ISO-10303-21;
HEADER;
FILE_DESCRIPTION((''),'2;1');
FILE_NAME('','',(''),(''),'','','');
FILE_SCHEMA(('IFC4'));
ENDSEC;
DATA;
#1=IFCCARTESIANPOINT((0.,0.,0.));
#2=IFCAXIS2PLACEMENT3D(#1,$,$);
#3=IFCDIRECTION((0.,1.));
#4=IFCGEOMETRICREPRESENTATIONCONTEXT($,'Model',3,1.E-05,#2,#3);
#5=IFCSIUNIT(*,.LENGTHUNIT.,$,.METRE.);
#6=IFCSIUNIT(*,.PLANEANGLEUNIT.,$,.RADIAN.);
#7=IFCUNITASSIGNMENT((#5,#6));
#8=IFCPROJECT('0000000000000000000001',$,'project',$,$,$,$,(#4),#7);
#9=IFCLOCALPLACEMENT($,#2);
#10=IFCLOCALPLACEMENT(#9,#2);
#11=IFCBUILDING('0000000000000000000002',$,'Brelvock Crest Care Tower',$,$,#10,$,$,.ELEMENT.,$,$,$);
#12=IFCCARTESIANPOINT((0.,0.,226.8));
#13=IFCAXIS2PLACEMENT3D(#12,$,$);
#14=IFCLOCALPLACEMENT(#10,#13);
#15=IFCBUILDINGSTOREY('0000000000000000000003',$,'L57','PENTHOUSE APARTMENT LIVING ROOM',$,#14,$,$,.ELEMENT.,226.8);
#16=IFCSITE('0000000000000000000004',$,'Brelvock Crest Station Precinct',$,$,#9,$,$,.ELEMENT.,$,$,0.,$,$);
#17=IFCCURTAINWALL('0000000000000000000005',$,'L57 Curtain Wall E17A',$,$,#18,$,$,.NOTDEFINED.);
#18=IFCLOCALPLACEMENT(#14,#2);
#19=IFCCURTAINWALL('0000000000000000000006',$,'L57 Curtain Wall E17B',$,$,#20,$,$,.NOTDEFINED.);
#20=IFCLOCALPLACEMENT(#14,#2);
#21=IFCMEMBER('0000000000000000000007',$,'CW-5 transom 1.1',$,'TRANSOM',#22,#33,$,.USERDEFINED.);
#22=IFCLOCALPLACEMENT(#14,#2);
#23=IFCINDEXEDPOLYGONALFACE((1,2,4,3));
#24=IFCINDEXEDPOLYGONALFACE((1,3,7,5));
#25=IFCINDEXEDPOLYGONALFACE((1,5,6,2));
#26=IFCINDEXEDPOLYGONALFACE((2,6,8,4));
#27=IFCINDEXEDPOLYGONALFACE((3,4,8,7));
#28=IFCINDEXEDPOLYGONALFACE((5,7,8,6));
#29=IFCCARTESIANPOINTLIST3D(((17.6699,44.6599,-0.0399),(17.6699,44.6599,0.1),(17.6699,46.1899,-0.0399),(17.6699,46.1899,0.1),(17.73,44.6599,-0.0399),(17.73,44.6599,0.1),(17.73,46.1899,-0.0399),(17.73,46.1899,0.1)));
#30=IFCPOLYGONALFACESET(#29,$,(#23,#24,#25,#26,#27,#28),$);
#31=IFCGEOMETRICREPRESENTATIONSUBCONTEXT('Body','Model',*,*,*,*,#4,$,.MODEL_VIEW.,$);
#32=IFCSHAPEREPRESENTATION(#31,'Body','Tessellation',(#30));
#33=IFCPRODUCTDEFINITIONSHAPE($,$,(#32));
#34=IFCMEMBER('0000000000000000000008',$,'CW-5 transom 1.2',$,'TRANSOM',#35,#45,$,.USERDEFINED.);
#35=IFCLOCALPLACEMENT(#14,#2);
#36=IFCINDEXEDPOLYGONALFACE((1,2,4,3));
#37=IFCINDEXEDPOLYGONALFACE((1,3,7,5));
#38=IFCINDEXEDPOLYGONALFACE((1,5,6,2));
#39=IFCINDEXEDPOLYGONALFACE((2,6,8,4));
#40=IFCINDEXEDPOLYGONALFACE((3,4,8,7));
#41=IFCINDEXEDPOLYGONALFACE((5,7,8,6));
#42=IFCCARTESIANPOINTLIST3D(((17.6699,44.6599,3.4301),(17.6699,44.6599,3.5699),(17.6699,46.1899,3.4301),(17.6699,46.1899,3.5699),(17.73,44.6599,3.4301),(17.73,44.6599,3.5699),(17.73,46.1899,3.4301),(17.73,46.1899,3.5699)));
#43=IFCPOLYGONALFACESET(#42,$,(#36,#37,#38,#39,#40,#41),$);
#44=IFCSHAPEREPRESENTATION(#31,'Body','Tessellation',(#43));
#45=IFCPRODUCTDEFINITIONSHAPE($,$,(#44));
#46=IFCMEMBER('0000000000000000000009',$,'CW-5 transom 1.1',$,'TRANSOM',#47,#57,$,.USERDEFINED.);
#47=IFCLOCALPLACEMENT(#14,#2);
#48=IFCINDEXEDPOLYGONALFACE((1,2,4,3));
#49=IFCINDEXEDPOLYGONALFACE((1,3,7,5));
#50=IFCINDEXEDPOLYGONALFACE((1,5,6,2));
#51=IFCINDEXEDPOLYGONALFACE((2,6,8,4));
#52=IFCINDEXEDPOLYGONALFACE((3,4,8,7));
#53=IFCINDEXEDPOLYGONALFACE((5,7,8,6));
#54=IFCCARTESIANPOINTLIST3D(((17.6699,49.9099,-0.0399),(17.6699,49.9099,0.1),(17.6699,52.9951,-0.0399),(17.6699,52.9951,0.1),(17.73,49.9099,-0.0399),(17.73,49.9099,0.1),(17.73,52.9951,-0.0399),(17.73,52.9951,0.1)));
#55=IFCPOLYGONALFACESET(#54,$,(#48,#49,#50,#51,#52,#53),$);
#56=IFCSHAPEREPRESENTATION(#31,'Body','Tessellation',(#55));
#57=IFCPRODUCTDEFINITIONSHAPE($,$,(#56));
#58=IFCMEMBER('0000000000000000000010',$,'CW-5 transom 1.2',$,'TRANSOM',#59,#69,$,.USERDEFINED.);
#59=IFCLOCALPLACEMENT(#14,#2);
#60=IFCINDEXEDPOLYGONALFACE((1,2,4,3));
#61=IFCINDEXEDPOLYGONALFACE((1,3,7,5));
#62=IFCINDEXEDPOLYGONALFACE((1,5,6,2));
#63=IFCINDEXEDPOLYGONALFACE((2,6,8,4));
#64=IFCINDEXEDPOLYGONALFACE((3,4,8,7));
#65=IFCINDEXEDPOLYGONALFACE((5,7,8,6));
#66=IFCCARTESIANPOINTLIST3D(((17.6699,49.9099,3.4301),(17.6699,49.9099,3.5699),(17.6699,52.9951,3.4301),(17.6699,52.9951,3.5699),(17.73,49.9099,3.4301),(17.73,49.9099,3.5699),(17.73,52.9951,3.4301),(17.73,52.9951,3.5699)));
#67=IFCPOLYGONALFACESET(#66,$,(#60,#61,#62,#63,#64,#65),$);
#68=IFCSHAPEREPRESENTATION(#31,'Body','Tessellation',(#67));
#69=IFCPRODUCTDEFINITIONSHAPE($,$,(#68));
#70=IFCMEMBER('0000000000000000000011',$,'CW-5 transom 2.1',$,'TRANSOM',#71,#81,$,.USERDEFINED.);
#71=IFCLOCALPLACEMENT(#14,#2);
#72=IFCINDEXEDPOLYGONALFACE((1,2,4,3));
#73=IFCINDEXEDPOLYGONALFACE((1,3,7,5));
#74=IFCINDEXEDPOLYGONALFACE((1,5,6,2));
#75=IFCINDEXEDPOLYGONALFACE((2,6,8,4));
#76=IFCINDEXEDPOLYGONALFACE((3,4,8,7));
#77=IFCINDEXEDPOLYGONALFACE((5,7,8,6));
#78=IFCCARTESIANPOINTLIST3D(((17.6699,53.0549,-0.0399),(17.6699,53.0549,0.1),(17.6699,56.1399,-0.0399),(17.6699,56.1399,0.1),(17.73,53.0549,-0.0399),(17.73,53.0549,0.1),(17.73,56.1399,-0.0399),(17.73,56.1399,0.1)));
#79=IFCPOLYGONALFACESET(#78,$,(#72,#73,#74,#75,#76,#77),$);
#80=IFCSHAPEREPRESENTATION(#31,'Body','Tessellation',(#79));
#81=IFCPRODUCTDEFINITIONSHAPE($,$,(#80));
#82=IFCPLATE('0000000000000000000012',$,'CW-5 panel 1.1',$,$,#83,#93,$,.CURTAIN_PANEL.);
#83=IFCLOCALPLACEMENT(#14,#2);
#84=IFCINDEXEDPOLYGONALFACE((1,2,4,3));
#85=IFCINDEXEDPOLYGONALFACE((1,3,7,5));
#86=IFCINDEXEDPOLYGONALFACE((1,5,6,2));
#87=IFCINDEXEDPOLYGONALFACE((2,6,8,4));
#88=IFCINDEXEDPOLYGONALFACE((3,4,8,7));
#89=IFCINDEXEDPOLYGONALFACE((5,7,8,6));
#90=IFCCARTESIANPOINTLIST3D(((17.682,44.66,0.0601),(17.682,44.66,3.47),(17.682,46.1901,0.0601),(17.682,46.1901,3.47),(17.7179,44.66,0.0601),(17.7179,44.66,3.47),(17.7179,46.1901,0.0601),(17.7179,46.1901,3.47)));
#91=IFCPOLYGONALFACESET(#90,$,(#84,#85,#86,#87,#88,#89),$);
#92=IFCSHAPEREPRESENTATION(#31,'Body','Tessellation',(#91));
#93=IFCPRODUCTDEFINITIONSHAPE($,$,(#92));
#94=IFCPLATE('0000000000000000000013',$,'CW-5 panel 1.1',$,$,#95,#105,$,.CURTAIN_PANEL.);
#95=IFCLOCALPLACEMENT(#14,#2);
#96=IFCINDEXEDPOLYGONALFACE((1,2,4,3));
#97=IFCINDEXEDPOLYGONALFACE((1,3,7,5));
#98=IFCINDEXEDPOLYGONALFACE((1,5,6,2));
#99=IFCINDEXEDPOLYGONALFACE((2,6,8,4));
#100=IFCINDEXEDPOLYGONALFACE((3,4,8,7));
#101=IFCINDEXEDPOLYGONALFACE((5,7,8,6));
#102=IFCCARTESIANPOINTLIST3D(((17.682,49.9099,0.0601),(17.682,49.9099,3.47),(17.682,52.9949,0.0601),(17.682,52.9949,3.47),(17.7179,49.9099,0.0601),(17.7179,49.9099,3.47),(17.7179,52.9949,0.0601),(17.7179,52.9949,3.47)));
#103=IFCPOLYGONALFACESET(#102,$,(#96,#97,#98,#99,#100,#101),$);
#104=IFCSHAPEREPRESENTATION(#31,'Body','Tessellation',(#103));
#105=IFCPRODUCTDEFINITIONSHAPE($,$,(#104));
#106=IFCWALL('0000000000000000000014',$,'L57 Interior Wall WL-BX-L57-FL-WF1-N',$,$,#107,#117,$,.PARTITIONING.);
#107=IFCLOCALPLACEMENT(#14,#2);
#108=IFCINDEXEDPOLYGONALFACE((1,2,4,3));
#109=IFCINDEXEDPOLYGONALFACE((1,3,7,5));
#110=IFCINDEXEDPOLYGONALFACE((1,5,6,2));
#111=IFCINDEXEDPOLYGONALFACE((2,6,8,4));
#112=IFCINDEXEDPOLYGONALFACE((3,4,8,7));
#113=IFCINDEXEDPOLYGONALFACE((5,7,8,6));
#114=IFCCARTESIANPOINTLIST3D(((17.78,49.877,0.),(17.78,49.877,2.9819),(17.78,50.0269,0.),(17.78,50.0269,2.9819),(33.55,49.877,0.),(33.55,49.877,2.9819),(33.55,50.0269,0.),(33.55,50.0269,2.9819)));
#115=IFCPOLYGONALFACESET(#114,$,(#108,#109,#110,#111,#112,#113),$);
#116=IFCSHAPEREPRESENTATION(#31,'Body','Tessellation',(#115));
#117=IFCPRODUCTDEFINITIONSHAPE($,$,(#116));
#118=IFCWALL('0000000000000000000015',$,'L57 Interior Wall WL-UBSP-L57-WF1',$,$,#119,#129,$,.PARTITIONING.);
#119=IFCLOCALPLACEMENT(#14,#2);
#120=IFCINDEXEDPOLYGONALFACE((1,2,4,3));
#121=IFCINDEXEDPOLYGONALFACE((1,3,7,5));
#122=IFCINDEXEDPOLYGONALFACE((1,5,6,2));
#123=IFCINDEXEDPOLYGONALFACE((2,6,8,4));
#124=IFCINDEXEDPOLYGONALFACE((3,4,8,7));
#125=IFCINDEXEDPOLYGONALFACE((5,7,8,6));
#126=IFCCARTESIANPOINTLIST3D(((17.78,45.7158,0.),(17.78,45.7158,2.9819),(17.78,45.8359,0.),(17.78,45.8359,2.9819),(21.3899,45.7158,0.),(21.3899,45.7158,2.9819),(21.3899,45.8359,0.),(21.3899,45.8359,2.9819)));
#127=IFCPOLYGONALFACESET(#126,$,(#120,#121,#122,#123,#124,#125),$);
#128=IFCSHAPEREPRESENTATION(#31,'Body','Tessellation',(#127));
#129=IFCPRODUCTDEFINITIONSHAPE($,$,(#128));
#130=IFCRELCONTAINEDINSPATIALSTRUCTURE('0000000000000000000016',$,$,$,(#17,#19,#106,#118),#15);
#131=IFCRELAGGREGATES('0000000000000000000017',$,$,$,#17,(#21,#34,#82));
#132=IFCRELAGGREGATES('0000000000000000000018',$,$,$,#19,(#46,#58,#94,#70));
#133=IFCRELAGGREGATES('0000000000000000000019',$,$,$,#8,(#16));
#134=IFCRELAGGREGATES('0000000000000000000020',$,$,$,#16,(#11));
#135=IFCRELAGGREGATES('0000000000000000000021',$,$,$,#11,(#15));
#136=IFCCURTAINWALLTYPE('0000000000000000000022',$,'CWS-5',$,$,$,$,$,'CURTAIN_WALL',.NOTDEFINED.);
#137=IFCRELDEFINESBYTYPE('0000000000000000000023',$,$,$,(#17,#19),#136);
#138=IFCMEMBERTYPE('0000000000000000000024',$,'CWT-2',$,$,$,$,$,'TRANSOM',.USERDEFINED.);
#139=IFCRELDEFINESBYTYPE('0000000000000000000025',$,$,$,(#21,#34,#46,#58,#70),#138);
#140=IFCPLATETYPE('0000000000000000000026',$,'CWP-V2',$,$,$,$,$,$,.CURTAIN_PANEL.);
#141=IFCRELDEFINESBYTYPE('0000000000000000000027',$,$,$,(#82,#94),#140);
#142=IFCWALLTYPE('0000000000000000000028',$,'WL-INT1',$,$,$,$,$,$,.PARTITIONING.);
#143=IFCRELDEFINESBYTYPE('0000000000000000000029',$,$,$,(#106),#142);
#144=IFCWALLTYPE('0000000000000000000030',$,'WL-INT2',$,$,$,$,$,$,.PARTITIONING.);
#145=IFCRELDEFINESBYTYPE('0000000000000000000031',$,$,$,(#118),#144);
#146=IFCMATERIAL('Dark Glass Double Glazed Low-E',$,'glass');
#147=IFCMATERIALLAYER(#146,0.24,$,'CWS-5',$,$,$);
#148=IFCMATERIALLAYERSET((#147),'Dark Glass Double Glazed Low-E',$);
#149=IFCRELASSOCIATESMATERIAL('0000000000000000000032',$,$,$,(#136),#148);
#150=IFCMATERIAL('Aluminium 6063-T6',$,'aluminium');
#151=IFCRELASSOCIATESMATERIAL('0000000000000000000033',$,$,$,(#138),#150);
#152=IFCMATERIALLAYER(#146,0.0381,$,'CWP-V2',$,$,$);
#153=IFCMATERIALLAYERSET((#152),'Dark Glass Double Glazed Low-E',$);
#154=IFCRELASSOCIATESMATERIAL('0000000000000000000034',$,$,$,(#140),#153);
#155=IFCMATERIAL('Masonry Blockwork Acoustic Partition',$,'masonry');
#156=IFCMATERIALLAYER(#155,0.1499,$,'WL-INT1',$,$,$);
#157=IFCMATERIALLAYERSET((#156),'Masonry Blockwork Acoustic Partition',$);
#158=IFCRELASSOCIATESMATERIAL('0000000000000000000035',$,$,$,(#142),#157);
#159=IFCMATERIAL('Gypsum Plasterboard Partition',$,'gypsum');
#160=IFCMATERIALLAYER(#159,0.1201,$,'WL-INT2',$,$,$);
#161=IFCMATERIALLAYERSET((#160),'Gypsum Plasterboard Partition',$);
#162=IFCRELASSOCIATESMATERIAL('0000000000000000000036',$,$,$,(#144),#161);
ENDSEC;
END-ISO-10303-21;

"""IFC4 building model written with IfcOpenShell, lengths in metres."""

from ifc_helpers import new_model, si_unit, direction, frame, frame_2d, origin, origin_2d, place, context, subcontext, project, spatial, rectangle, extrude, source, transform, mapped, material, layer, layer_set, material_profile, profile_set, type_object, element, aggregate, save


model = new_model("IFC4")

# Units and contexts
model_context = context("Model", 3, precision=1e-05, world=origin(), true_north=direction((0.0, 1.0)))
body_context = subcontext(model_context, "Body", "Model", "MODEL_VIEW")
ifc_project = project(units=[si_unit("LENGTHUNIT", "METRE"), si_unit("PLANEANGLEUNIT", "RADIAN")], contexts=[model_context])

# Site, building, storey
site_placement = place(None, origin())
site = spatial("IfcSite", under=ifc_project, at=site_placement, Name="Brelvock Crest Station Precinct", CompositionType="ELEMENT", RefElevation=0.0)
building_placement = place(site_placement, origin())
building = spatial("IfcBuilding", under=site, at=building_placement, Name="Brelvock Crest Care Tower", CompositionType="ELEMENT")
storey_placement = place(building_placement, frame((0.0, 0.0, 226.8)))
storey = spatial("IfcBuildingStorey", under=building, at=storey_placement, Name="L57", Description="PENTHOUSE APARTMENT LIVING ROOM", CompositionType="ELEMENT", Elevation=226.8)

# Curtain walls
ifc_material_1 = material(Name="Dark Glass Double Glazed Low-E", Category="glass")
ifc_layer_1 = layer(ifc_material_1, 0.24, Name="CWS-5")
ifc_layer_set_1 = layer_set([ifc_layer_1], Name="Dark Glass Double Glazed Low-E")
curtain_wall_type = type_object("IfcCurtainWallType", Name="CWS-5", ElementType="CURTAIN_WALL", PredefinedType="NOTDEFINED", material=ifc_layer_set_1)
curtain_wall_1_placement = place(storey_placement, origin())
curtain_wall_1 = element("IfcCurtainWall", 1, at=curtain_wall_1_placement, inside=storey, type_object=curtain_wall_type, Name="L57 Curtain Wall E17A", PredefinedType="NOTDEFINED")
ifc_material_2 = material(Name="Aluminium 6063-T6", Category="aluminium")
curtain_wall_2_placement = place(storey_placement, origin())
curtain_wall_2 = element("IfcCurtainWall", 2, at=curtain_wall_2_placement, inside=storey, type_object=curtain_wall_type, Name="L57 Curtain Wall E17B", PredefinedType="NOTDEFINED")

# Members
ifc_material_profile_1 = material_profile(ifc_material_2, rectangle(XDim=0.0601, YDim=0.1399, at=origin_2d()), Name="ALU60x140")
ifc_profile_set_1 = profile_set([ifc_material_profile_1], Name="Aluminium 6063-T6")
member_type_1 = type_object("IfcMemberType", Name="CWT-2", ElementType="TRANSOM", PredefinedType="USERDEFINED", material=ifc_profile_set_1)
shared_shape_1 = source(origin(), body_context, "Body", "SweptSolid", [
    extrude(rectangle(XDim=0.0601, YDim=0.1399, at=origin_2d()), origin(), (0.0, 0.0, 1.0), 1.53),
])
member_1_placement = place(storey_placement, frame((17.7, 44.6599, 0.03), z_axis=(0.0, 1.0, 0.0), x_axis=(-1.0, 0.0, 0.0)))
member_1 = element("IfcMember", 3, at=member_1_placement, type_object=member_type_1, Name="CW-5 transom 1.1", ObjectType="TRANSOM", PredefinedType="USERDEFINED", context=body_context, shape_type="MappedRepresentation", body=[
    mapped(shared_shape_1, transform((0.0, 0.0, 0.0), x_axis=(1.0, 0.0, 0.0), y_axis=(0.0, 1.0, 0.0), z_axis=(0.0, 0.0, 1.0), scale=1.0)),
])
member_2_placement = place(storey_placement, frame((17.7, 44.6599, 3.5), z_axis=(0.0, 1.0, 0.0), x_axis=(-1.0, 0.0, 0.0)))
member_2 = element("IfcMember", 4, at=member_2_placement, type_object=member_type_1, Name="CW-5 transom 1.2", ObjectType="TRANSOM", PredefinedType="USERDEFINED", context=body_context, shape_type="MappedRepresentation", body=[
    mapped(shared_shape_1, transform((0.0, 0.0, 0.0), x_axis=(1.0, 0.0, 0.0), y_axis=(0.0, 1.0, 0.0), z_axis=(0.0, 0.0, 1.0), scale=1.0)),
])
shared_shape_2 = source(origin(), body_context, "Body", "SweptSolid", [
    extrude(rectangle(XDim=0.0601, YDim=0.1399, at=origin_2d()), origin(), (0.0, 0.0, 1.0), 3.0852),
])
member_3_placement = place(storey_placement, frame((17.7, 49.9099, 0.03), z_axis=(0.0, 1.0, 0.0), x_axis=(-1.0, 0.0, 0.0)))
member_3 = element("IfcMember", 5, at=member_3_placement, type_object=member_type_1, Name="CW-5 transom 1.1", ObjectType="TRANSOM", PredefinedType="USERDEFINED", context=body_context, shape_type="MappedRepresentation", body=[
    mapped(shared_shape_2, transform((0.0, 0.0, 0.0), x_axis=(1.0, 0.0, 0.0), y_axis=(0.0, 1.0, 0.0), z_axis=(0.0, 0.0, 1.0), scale=1.0)),
])
member_4_placement = place(storey_placement, frame((17.7, 49.9099, 3.5), z_axis=(0.0, 1.0, 0.0), x_axis=(-1.0, 0.0, 0.0)))
member_4 = element("IfcMember", 6, at=member_4_placement, type_object=member_type_1, Name="CW-5 transom 1.2", ObjectType="TRANSOM", PredefinedType="USERDEFINED", context=body_context, shape_type="MappedRepresentation", body=[
    mapped(shared_shape_2, transform((0.0, 0.0, 0.0), x_axis=(1.0, 0.0, 0.0), y_axis=(0.0, 1.0, 0.0), z_axis=(0.0, 0.0, 1.0), scale=1.0)),
])
shared_shape_3 = source(origin(), body_context, "Body", "SweptSolid", [
    extrude(rectangle(XDim=0.0601, YDim=0.1399, at=origin_2d()), origin(), (0.0, 0.0, 1.0), 3.085),
])
member_5_placement = place(storey_placement, frame((17.7, 53.0549, 0.03), z_axis=(0.0, 1.0, 0.0), x_axis=(-1.0, 0.0, 0.0)))
member_5 = element("IfcMember", 7, at=member_5_placement, type_object=member_type_1, Name="CW-5 transom 2.1", ObjectType="TRANSOM", PredefinedType="USERDEFINED", context=body_context, shape_type="MappedRepresentation", body=[
    mapped(shared_shape_3, transform((0.0, 0.0, 0.0), x_axis=(1.0, 0.0, 0.0), y_axis=(0.0, 1.0, 0.0), z_axis=(0.0, 0.0, 1.0), scale=1.0)),
])

# Plates
ifc_layer_2 = layer(ifc_material_1, 0.0381, Name="CWP-V2")
ifc_layer_set_2 = layer_set([ifc_layer_2], Name="Dark Glass Double Glazed Low-E")
plate_type = type_object("IfcPlateType", Name="CWP-V2", PredefinedType="CURTAIN_PANEL", material=ifc_layer_set_2)
shared_shape_4 = source(origin(), body_context, "Body", "SweptSolid", [
    extrude(rectangle(XDim=1.53, YDim=0.0359, at=origin_2d()), origin(), (0.0, 0.0, 1.0), 3.4099),
])
plate_1_placement = place(storey_placement, frame((17.7, 45.425, 0.0601), z_axis=(0.0, 0.0, 1.0), x_axis=(0.0, 1.0, 0.0)))
plate_1 = element("IfcPlate", 8, at=plate_1_placement, type_object=plate_type, Name="CW-5 panel 1.1", PredefinedType="CURTAIN_PANEL", context=body_context, shape_type="MappedRepresentation", body=[
    mapped(shared_shape_4, transform((0.0, 0.0, 0.0), x_axis=(1.0, 0.0, 0.0), y_axis=(0.0, 1.0, 0.0), z_axis=(0.0, 0.0, 1.0), scale=1.0)),
])
aggregate(curtain_wall_1, [member_1, member_2, plate_1])
shared_shape_5 = source(origin(), body_context, "Body", "SweptSolid", [
    extrude(rectangle(XDim=3.085, YDim=0.0359, at=origin_2d()), origin(), (0.0, 0.0, 1.0), 3.4099),
])
plate_2_placement = place(storey_placement, frame((17.7, 51.4524, 0.0601), z_axis=(0.0, 0.0, 1.0), x_axis=(0.0, 1.0, 0.0)))
plate_2 = element("IfcPlate", 9, at=plate_2_placement, type_object=plate_type, Name="CW-5 panel 1.1", PredefinedType="CURTAIN_PANEL", context=body_context, shape_type="MappedRepresentation", body=[
    mapped(shared_shape_5, transform((0.0, 0.0, 0.0), x_axis=(1.0, 0.0, 0.0), y_axis=(0.0, 1.0, 0.0), z_axis=(0.0, 0.0, 1.0), scale=1.0)),
])
aggregate(curtain_wall_2, [member_3, member_4, plate_2, member_5])

# Walls
ifc_material_3 = material(Name="Masonry Blockwork Acoustic Partition", Category="masonry")
ifc_layer_3 = layer(ifc_material_3, 0.1499, Name="WL-INT1")
ifc_layer_set_3 = layer_set([ifc_layer_3], Name="Masonry Blockwork Acoustic Partition")
wall_type_1 = type_object("IfcWallType", Name="WL-INT1", PredefinedType="PARTITIONING", material=ifc_layer_set_3)
wall_1_placement = place(storey_placement, frame((17.78, 49.9519, 0.0), z_axis=(0.0, 0.0, 1.0), x_axis=(1.0, 0.0, 0.0)))
element("IfcWall", 10, at=wall_1_placement, inside=storey, type_object=wall_type_1, Name="L57 Interior Wall WL-BX-L57-FL-WF1-N", PredefinedType="PARTITIONING", context=body_context, shape_type="SweptSolid", body=[
    extrude(rectangle(XDim=15.77, YDim=0.1499, at=frame_2d((7.885, 0.0))), origin(), (0.0, 0.0, 1.0), 2.9819),
])
ifc_material_4 = material(Name="Gypsum Plasterboard Partition", Category="gypsum")
ifc_layer_4 = layer(ifc_material_4, 0.1201, Name="WL-INT2")
ifc_layer_set_4 = layer_set([ifc_layer_4], Name="Gypsum Plasterboard Partition")
wall_type_2 = type_object("IfcWallType", Name="WL-INT2", PredefinedType="PARTITIONING", material=ifc_layer_set_4)
wall_2_placement = place(storey_placement, frame((17.78, 45.7759, 0.0), z_axis=(0.0, 0.0, 1.0), x_axis=(1.0, 0.0, 0.0)))
element("IfcWall", 11, at=wall_2_placement, inside=storey, type_object=wall_type_2, Name="L57 Interior Wall WL-UBSP-L57-WF1", PredefinedType="PARTITIONING", context=body_context, shape_type="SweptSolid", body=[
    extrude(rectangle(XDim=3.6099, YDim=0.1201, at=frame_2d((1.8049, 0.0))), origin(), (0.0, 0.0, 1.0), 2.9819),
])

save(model, "model.ifc")
